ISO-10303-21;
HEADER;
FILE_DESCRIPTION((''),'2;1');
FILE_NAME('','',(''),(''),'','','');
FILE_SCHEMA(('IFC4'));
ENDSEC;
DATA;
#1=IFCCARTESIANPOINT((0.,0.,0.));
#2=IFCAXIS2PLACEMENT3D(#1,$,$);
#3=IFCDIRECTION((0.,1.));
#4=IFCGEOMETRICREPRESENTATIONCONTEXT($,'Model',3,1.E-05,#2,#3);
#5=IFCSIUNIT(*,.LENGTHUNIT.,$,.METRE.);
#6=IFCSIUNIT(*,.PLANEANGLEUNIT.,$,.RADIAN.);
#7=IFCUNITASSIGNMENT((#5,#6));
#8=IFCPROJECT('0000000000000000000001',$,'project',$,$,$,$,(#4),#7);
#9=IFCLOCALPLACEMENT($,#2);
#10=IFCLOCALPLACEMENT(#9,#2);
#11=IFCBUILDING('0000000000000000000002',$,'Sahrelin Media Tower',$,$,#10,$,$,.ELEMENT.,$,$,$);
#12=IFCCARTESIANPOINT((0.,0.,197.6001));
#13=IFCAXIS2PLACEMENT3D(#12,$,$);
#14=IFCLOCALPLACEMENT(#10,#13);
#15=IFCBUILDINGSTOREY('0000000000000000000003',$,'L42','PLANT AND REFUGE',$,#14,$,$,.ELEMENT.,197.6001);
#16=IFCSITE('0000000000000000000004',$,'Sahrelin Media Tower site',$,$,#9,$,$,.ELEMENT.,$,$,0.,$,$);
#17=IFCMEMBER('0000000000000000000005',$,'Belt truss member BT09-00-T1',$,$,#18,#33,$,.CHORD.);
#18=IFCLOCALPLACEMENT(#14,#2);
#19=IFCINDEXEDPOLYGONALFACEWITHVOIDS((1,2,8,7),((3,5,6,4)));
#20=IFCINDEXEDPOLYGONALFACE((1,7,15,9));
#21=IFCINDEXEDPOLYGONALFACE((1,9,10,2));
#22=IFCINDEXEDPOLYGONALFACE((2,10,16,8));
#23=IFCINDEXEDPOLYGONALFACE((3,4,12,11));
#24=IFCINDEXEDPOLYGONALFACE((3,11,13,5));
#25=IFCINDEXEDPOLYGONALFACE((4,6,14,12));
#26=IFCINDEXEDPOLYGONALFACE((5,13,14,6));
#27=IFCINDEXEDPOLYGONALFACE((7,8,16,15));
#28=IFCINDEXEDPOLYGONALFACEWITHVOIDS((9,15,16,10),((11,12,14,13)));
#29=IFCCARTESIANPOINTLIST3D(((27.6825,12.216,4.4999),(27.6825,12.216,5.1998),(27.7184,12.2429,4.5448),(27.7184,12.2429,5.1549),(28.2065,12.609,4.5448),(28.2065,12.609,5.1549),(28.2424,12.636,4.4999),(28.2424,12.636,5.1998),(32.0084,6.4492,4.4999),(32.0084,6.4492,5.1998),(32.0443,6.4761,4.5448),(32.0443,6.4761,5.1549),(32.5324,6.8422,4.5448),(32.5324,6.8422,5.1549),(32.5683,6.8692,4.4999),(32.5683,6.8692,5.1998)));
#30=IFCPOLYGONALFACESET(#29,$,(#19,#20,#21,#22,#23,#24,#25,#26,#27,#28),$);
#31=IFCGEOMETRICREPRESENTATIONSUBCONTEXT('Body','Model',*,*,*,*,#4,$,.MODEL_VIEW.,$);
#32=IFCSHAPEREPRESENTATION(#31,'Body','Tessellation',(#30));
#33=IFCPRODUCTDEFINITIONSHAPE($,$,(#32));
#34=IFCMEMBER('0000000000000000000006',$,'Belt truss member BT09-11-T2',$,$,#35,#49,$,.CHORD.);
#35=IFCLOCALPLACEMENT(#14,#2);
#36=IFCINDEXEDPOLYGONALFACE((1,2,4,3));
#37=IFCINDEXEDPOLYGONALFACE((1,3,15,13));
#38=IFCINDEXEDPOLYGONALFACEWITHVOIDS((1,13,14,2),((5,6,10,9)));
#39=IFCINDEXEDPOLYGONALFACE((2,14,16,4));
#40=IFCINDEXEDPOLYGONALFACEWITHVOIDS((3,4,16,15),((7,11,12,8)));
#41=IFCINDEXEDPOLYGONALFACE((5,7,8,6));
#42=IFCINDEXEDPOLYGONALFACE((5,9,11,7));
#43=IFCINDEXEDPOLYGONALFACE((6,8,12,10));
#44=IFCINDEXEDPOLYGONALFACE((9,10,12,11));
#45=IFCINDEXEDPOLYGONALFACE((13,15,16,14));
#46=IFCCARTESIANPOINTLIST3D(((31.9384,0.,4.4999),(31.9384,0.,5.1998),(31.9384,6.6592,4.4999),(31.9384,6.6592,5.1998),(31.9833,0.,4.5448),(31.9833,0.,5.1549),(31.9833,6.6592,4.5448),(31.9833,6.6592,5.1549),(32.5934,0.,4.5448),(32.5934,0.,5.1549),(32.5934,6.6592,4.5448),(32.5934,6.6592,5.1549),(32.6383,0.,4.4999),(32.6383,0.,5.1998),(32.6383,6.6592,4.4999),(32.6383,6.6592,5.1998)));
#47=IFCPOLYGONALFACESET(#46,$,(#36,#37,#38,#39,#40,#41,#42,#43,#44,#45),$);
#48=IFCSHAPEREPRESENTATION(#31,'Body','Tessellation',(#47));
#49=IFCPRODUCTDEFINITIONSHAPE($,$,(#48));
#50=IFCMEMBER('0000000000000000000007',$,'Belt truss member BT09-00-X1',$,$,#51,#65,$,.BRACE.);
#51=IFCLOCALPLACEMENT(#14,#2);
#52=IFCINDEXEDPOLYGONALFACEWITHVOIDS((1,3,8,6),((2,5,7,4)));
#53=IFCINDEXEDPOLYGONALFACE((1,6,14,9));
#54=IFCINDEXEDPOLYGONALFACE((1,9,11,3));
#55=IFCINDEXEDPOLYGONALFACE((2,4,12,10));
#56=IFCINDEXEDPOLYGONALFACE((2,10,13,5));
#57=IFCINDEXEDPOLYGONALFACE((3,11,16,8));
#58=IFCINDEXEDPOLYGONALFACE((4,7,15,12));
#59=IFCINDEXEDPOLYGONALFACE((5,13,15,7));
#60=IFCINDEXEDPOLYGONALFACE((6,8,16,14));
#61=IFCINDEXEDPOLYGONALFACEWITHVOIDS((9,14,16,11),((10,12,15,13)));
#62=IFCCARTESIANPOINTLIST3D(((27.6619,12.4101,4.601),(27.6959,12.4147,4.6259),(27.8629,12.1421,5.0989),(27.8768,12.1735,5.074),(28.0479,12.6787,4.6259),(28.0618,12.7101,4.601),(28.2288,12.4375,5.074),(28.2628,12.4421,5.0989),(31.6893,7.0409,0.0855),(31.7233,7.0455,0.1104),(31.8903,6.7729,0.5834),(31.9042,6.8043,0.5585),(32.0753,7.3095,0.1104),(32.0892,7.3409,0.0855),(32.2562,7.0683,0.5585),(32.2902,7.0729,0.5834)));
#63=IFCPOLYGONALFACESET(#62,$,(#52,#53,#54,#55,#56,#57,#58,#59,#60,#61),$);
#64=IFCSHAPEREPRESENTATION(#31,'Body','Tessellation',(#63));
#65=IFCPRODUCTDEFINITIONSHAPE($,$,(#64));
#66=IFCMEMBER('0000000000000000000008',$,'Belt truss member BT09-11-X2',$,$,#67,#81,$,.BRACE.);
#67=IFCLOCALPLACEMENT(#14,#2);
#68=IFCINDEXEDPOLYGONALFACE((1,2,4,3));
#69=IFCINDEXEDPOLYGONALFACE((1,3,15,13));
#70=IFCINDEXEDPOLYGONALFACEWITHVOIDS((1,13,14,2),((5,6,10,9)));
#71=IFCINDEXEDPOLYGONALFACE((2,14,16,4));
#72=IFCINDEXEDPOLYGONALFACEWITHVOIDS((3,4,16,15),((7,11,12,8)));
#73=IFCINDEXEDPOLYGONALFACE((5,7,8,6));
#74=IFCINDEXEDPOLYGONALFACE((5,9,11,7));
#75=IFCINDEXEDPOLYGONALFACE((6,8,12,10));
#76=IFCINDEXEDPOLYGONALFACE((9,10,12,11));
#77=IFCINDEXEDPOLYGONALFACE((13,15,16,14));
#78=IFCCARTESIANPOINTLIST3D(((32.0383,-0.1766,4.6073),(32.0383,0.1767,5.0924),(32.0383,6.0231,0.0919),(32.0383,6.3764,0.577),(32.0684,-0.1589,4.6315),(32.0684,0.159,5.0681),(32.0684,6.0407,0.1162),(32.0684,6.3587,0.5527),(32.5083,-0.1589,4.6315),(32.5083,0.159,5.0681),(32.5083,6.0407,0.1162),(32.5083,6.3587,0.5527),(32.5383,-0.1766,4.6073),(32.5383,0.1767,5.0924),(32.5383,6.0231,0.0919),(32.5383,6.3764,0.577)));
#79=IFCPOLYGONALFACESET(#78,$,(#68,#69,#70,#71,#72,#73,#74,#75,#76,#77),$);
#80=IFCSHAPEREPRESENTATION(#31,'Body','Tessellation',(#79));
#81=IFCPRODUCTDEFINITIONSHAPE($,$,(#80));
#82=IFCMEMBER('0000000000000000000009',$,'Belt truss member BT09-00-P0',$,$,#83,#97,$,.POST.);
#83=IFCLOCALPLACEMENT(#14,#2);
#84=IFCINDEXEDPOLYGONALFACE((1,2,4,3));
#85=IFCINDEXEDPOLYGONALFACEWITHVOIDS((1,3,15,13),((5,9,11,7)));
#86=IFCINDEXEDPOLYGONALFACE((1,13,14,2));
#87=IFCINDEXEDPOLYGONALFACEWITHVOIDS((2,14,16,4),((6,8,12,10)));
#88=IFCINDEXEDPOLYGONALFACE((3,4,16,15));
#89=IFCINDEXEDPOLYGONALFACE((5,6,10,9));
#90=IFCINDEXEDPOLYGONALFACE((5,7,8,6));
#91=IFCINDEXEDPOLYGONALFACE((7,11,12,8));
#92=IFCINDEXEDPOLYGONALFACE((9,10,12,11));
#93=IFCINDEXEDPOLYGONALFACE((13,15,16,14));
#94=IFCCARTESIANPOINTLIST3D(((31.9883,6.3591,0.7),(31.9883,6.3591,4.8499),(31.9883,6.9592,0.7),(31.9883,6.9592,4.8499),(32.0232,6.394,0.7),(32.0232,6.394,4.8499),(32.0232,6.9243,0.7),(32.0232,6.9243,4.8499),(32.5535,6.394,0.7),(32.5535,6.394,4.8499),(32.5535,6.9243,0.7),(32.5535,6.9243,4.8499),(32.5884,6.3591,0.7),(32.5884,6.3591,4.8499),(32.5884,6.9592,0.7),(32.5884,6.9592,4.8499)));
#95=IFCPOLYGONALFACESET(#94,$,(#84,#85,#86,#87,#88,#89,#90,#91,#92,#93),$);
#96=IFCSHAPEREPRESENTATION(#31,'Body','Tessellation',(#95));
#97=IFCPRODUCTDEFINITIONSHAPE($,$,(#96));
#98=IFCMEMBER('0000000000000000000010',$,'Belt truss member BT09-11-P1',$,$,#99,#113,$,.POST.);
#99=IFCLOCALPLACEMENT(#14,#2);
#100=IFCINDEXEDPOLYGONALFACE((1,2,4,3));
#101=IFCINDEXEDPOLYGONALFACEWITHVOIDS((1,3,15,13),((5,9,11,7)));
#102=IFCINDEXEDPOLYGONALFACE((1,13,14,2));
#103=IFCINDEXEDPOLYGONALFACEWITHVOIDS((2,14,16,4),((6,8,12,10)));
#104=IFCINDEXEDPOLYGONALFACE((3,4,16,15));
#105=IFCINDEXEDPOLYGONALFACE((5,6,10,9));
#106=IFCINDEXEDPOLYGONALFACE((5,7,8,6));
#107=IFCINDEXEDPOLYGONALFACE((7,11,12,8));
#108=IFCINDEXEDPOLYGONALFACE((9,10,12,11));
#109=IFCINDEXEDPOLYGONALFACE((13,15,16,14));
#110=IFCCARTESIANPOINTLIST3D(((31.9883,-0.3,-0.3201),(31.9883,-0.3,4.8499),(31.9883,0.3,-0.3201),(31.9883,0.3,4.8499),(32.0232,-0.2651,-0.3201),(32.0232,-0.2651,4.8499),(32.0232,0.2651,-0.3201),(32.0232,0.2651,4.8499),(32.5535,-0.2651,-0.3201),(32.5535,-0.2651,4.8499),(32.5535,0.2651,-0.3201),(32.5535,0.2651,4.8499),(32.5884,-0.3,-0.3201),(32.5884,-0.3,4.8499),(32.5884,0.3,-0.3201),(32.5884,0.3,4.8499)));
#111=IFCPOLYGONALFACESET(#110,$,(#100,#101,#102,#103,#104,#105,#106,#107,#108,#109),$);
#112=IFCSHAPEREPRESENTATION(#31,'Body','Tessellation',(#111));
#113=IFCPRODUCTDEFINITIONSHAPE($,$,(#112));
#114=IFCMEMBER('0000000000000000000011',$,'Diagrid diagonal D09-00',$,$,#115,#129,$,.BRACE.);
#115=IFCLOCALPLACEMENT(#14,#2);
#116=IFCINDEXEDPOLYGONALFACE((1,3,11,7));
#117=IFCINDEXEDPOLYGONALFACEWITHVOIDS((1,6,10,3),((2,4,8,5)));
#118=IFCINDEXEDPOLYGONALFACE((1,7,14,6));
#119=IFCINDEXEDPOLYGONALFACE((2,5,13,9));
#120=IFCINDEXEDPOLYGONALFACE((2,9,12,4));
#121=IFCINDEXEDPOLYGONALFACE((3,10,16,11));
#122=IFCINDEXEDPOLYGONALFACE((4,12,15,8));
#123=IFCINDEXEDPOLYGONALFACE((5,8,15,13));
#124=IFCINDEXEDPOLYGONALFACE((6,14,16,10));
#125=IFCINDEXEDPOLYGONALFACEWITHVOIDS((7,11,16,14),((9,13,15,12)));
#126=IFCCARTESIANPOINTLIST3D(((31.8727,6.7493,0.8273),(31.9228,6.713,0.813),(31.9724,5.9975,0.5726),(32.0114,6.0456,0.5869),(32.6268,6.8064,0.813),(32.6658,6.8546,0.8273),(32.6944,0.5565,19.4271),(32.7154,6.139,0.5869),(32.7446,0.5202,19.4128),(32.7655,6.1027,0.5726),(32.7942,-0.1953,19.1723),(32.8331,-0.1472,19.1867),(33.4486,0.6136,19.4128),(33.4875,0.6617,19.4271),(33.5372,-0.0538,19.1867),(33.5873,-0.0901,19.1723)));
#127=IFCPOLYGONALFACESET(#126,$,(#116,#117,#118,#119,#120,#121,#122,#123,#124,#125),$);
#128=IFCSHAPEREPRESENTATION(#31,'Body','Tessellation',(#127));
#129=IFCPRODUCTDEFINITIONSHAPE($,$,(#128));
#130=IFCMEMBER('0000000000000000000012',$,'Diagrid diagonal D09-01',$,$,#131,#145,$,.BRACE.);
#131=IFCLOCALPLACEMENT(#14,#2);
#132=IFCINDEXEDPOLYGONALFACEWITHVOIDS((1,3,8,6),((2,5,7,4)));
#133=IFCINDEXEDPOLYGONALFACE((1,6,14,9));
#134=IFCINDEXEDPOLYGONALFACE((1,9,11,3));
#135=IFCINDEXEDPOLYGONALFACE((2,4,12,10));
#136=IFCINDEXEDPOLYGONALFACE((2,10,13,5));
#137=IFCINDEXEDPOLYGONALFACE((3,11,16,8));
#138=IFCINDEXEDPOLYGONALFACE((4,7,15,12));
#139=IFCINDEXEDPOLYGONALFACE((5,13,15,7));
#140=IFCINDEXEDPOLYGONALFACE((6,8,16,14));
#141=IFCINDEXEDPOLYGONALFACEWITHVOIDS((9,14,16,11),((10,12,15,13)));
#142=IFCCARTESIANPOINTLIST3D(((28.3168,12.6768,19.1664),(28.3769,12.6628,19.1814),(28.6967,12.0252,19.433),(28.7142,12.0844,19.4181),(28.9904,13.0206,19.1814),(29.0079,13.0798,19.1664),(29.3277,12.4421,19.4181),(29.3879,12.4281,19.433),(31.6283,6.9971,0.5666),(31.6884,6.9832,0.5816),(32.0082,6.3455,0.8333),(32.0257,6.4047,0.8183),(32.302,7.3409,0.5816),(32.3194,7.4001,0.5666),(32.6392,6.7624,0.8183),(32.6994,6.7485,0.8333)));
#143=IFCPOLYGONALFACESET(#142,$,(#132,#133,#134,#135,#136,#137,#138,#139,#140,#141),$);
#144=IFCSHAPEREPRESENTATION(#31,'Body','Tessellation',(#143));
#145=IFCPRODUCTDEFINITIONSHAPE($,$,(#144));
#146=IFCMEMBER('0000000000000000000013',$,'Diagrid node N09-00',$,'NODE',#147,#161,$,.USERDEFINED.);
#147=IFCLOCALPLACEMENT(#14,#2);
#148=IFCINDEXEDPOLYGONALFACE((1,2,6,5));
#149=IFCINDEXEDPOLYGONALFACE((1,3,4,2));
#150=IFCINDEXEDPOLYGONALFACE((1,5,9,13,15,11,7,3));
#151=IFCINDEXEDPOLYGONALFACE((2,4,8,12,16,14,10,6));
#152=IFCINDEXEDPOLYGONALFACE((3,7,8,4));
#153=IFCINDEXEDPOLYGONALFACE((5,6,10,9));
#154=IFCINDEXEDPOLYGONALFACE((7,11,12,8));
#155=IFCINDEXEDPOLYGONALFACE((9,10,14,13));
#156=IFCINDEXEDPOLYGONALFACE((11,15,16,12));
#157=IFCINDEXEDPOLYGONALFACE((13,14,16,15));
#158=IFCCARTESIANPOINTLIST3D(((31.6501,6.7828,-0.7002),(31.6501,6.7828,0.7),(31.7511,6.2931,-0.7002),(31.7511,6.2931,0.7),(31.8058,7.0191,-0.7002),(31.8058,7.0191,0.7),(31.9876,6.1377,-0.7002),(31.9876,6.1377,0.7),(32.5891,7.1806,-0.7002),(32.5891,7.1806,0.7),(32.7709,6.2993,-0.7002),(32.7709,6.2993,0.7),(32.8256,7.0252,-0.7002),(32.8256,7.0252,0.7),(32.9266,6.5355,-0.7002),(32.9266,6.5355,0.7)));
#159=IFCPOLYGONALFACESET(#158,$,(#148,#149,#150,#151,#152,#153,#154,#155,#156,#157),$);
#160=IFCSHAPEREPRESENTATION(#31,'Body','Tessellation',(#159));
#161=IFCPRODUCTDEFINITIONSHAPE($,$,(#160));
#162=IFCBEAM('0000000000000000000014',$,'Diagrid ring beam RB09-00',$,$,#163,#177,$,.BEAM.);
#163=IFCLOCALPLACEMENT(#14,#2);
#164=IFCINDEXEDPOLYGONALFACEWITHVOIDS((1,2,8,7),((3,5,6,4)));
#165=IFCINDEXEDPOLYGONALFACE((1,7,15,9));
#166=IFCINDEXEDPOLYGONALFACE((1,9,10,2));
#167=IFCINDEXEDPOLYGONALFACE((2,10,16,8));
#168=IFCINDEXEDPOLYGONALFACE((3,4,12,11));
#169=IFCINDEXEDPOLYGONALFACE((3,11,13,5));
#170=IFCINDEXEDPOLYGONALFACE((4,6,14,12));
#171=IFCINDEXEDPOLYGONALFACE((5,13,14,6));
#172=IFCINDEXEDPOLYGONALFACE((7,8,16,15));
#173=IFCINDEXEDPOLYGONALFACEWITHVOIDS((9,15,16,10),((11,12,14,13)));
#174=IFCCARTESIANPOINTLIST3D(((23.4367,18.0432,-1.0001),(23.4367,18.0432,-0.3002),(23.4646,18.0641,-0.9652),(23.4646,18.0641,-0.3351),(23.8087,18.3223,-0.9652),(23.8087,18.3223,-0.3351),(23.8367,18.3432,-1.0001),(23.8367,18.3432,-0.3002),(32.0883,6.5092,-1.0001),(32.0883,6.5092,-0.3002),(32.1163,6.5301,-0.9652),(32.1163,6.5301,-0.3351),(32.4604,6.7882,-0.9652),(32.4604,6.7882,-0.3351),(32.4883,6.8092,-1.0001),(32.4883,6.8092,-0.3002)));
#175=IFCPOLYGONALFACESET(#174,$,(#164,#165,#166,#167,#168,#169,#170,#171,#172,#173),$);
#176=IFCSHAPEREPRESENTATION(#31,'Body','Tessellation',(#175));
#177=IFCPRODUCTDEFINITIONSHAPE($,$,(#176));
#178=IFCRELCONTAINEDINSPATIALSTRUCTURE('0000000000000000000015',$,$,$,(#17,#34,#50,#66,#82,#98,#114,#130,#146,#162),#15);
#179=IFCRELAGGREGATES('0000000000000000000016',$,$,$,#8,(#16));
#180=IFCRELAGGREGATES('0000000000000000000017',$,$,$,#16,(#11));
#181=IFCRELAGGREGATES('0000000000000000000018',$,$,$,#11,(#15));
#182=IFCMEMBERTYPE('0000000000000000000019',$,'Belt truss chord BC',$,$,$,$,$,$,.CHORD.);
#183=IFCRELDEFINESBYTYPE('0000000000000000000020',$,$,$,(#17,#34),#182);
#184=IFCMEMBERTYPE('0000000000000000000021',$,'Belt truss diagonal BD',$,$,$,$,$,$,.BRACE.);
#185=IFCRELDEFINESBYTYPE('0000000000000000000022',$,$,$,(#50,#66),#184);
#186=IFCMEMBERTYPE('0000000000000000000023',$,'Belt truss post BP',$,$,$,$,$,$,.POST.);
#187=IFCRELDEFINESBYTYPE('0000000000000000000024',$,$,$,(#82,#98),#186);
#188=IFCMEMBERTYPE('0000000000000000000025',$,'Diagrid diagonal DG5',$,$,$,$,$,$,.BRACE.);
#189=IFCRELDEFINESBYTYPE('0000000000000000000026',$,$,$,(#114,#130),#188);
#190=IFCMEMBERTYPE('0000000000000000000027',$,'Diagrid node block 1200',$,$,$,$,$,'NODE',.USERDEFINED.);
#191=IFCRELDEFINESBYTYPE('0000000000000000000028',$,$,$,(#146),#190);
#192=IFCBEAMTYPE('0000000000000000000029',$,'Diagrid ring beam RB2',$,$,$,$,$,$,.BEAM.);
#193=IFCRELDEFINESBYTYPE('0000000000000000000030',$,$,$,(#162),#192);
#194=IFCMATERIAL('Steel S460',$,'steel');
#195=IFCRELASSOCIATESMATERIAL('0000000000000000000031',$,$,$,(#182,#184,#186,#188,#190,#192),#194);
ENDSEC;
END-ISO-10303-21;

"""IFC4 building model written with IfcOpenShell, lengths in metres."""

from ifc_helpers import new_model, si_unit, direction, frame, origin, origin_2d, place, context, subcontext, project, spatial, polyline, hollow_rectangle, outline, extrude, material, material_profile, profile_set, type_object, element, save


model = new_model("IFC4")

# Units and contexts
model_context = context("Model", 3, precision=1e-05, world=origin(), true_north=direction((0.0, 1.0)))
body_context = subcontext(model_context, "Body", "Model", "MODEL_VIEW")
ifc_project = project(units=[si_unit("LENGTHUNIT", "METRE"), si_unit("PLANEANGLEUNIT", "RADIAN")], contexts=[model_context])

# Site, building, storey
site_placement = place(None, origin())
site = spatial("IfcSite", under=ifc_project, at=site_placement, Name="Sahrelin Media Tower site", CompositionType="ELEMENT", RefElevation=0.0)
building_placement = place(site_placement, origin())
building = spatial("IfcBuilding", under=site, at=building_placement, Name="Sahrelin Media Tower", CompositionType="ELEMENT")
storey_placement = place(building_placement, frame((0.0, 0.0, 197.6001)))
storey = spatial("IfcBuildingStorey", under=building, at=storey_placement, Name="L42", Description="PLANT AND REFUGE", CompositionType="ELEMENT", Elevation=197.6001)

# Members
ifc_material_1 = material(Name="Steel S460", Category="steel")
ifc_material_profile_1 = material_profile(ifc_material_1, hollow_rectangle(XDim=0.7, YDim=0.7, WallThickness=0.0449, at=origin_2d()), Name="Belt truss chord BC")
ifc_profile_set_1 = profile_set([ifc_material_profile_1], Name="Steel S460")
member_type_1 = type_object("IfcMemberType", Name="Belt truss chord BC", PredefinedType="CHORD", material=ifc_profile_set_1)
member_1_placement = place(storey_placement, frame((32.2883, 6.6592, 4.8499), z_axis=(-0.60007, 0.799947, 0.0), x_axis=(-0.799947, -0.60007, 0.0)))
element("IfcMember", 1, at=member_1_placement, inside=storey, type_object=member_type_1, Name="Belt truss member BT09-00-T1", PredefinedType="CHORD", context=body_context, shape_type="SweptSolid", body=[
    extrude(hollow_rectangle(XDim=0.7, YDim=0.7, WallThickness=0.0449, at=origin_2d()), origin(), (0.0, 0.0, 1.0), 7.209),
])
member_2_placement = place(storey_placement, frame((32.2883, 0.0, 4.8499), z_axis=(0.0, 1.0, 0.0), x_axis=(-1.0, 0.0, 0.0)))
element("IfcMember", 2, at=member_2_placement, inside=storey, type_object=member_type_1, Name="Belt truss member BT09-11-T2", PredefinedType="CHORD", context=body_context, shape_type="SweptSolid", body=[
    extrude(hollow_rectangle(XDim=0.7, YDim=0.7, WallThickness=0.0449, at=origin_2d()), origin(), (0.0, 0.0, 1.0), 6.6592),
])
ifc_material_profile_2 = material_profile(ifc_material_1, hollow_rectangle(XDim=0.5, YDim=0.6001, WallThickness=0.03, at=origin_2d()), Name="Belt truss diagonal BD")
ifc_profile_set_2 = profile_set([ifc_material_profile_2], Name="Steel S460")
member_type_2 = type_object("IfcMemberType", Name="Belt truss diagonal BD", PredefinedType="BRACE", material=ifc_profile_set_2)
member_3_placement = place(storey_placement, frame((31.9897, 7.0569, 0.3345), z_axis=(-0.497864, 0.663738, 0.558196), x_axis=(-0.799965, -0.600047, 0.0)))
element("IfcMember", 3, at=member_3_placement, inside=storey, type_object=member_type_2, Name="Belt truss member BT09-00-X1", PredefinedType="BRACE", context=body_context, shape_type="SweptSolid", body=[
    extrude(hollow_rectangle(XDim=0.5, YDim=0.6001, WallThickness=0.03, at=origin_2d()), origin(), (0.0, 0.0, 1.0), 8.0894),
])
member_4_placement = place(storey_placement, frame((32.2883, 6.1997, 0.3345), z_axis=(0.0, -0.808333, 0.588726), x_axis=(1.0, 0.0, 0.0)))
element("IfcMember", 4, at=member_4_placement, inside=storey, type_object=member_type_2, Name="Belt truss member BT09-11-X2", PredefinedType="BRACE", context=body_context, shape_type="SweptSolid", body=[
    extrude(hollow_rectangle(XDim=0.5, YDim=0.6001, WallThickness=0.03, at=origin_2d()), origin(), (0.0, 0.0, 1.0), 7.6697),
])
ifc_material_profile_3 = material_profile(ifc_material_1, hollow_rectangle(XDim=0.6001, YDim=0.6001, WallThickness=0.0349, at=origin_2d()), Name="Belt truss post BP")
ifc_profile_set_3 = profile_set([ifc_material_profile_3], Name="Steel S460")
member_type_3 = type_object("IfcMemberType", Name="Belt truss post BP", PredefinedType="POST", material=ifc_profile_set_3)
member_5_placement = place(storey_placement, frame((32.2883, 6.6592, 0.7), z_axis=(0.0, 0.0, 1.0), x_axis=(1.0, 0.0, 0.0)))
element("IfcMember", 5, at=member_5_placement, inside=storey, type_object=member_type_3, Name="Belt truss member BT09-00-P0", PredefinedType="POST", context=body_context, shape_type="SweptSolid", body=[
    extrude(hollow_rectangle(XDim=0.6001, YDim=0.6001, WallThickness=0.0349, at=origin_2d()), origin(), (0.0, 0.0, 1.0), 4.1499),
])
member_6_placement = place(storey_placement, frame((32.2883, 0.0, -0.3201), z_axis=(0.0, 0.0, 1.0), x_axis=(1.0, 0.0, 0.0)))
element("IfcMember", 6, at=member_6_placement, inside=storey, type_object=member_type_3, Name="Belt truss member BT09-11-P1", PredefinedType="POST", context=body_context, shape_type="SweptSolid", body=[
    extrude(hollow_rectangle(XDim=0.6001, YDim=0.6001, WallThickness=0.0349, at=origin_2d()), origin(), (0.0, 0.0, 1.0), 5.1699),
])
ifc_material_profile_4 = material_profile(ifc_material_1, hollow_rectangle(XDim=0.8, YDim=0.8, WallThickness=0.0449, at=origin_2d()), Name="Diagrid diagonal DG5")
ifc_profile_set_4 = profile_set([ifc_material_profile_4], Name="Steel S460")
member_type_4 = type_object("IfcMemberType", Name="Diagrid diagonal DG5", PredefinedType="BRACE", material=ifc_profile_set_4)
member_7_placement = place(storey_placement, frame((32.3191, 6.426, 0.7), z_axis=(0.041883, -0.315626, 0.947959), x_axis=(0.99131, 0.131544, 0.0)))
element("IfcMember", 7, at=member_7_placement, inside=storey, type_object=member_type_4, Name="Diagrid diagonal D09-00", PredefinedType="BRACE", context=body_context, shape_type="SweptSolid", body=[
    extrude(hollow_rectangle(XDim=0.8, YDim=0.8, WallThickness=0.0449, at=origin_2d()), origin(), (0.0, 0.0, 1.0), 19.6208),
])
member_8_placement = place(storey_placement, frame((32.1638, 6.8728, 0.7), z_axis=(-0.167862, 0.287905, 0.942832), x_axis=(-0.863887, -0.503686, 0.0)))
element("IfcMember", 8, at=member_8_placement, inside=storey, type_object=member_type_4, Name="Diagrid diagonal D09-01", PredefinedType="BRACE", context=body_context, shape_type="SweptSolid", body=[
    extrude(hollow_rectangle(XDim=0.8, YDim=0.8, WallThickness=0.0449, at=origin_2d()), origin(), (0.0, 0.0, 1.0), 19.7275),
])
ifc_material_profile_5 = material_profile(ifc_material_1, outline(polyline([(0.3999, -0.45), (0.6001, -0.25), (0.6001, 0.25), (0.3999, 0.45), (-0.3999, 0.45), (-0.6001, 0.25), (-0.6001, -0.25), (-0.3999, -0.45), (0.3999, -0.45)])), Name="Diagrid node block 1200")
ifc_profile_set_5 = profile_set([ifc_material_profile_5], Name="Steel S460")
member_type_5 = type_object("IfcMemberType", Name="Diagrid node block 1200", ElementType="NODE", PredefinedType="USERDEFINED", material=ifc_profile_set_5)
member_9_placement = place(storey_placement, frame((32.2883, 6.6592, -0.7002), z_axis=(0.0, 0.0, 1.0), x_axis=(0.979388, 0.201987, 0.0)))
element("IfcMember", 9, at=member_9_placement, inside=storey, type_object=member_type_5, Name="Diagrid node N09-00", ObjectType="NODE", PredefinedType="USERDEFINED", context=body_context, shape_type="SweptSolid", body=[
    extrude(outline(polyline([(0.3999, -0.45), (0.6001, -0.25), (0.6001, 0.25), (0.3999, 0.45), (-0.3999, 0.45), (-0.6001, 0.25), (-0.6001, -0.25), (-0.3999, -0.45), (0.3999, -0.45)])), origin(), (0.0, 0.0, 1.0), 1.4001),
])

# Beam
ifc_material_profile_6 = material_profile(ifc_material_1, hollow_rectangle(XDim=0.5, YDim=0.7, WallThickness=0.0349, at=origin_2d()), Name="Diagrid ring beam RB2")
ifc_profile_set_6 = profile_set([ifc_material_profile_6], Name="Steel S460")
beam_type_1 = type_object("IfcBeamType", Name="Diagrid ring beam RB2", PredefinedType="BEAM", material=ifc_profile_set_6)
beam_1_placement = place(storey_placement, frame((32.2883, 6.6592, -0.6501), z_axis=(-0.600051, 0.799961, 0.0), x_axis=(-0.799961, -0.600051, 0.0)))
element("IfcBeam", 10, at=beam_1_placement, inside=storey, type_object=beam_type_1, Name="Diagrid ring beam RB09-00", PredefinedType="BEAM", context=body_context, shape_type="SweptSolid", body=[
    extrude(hollow_rectangle(XDim=0.5, YDim=0.7, WallThickness=0.0349, at=origin_2d()), origin(), (0.0, 0.0, 1.0), 14.4182),
])

save(model, "model.ifc")
